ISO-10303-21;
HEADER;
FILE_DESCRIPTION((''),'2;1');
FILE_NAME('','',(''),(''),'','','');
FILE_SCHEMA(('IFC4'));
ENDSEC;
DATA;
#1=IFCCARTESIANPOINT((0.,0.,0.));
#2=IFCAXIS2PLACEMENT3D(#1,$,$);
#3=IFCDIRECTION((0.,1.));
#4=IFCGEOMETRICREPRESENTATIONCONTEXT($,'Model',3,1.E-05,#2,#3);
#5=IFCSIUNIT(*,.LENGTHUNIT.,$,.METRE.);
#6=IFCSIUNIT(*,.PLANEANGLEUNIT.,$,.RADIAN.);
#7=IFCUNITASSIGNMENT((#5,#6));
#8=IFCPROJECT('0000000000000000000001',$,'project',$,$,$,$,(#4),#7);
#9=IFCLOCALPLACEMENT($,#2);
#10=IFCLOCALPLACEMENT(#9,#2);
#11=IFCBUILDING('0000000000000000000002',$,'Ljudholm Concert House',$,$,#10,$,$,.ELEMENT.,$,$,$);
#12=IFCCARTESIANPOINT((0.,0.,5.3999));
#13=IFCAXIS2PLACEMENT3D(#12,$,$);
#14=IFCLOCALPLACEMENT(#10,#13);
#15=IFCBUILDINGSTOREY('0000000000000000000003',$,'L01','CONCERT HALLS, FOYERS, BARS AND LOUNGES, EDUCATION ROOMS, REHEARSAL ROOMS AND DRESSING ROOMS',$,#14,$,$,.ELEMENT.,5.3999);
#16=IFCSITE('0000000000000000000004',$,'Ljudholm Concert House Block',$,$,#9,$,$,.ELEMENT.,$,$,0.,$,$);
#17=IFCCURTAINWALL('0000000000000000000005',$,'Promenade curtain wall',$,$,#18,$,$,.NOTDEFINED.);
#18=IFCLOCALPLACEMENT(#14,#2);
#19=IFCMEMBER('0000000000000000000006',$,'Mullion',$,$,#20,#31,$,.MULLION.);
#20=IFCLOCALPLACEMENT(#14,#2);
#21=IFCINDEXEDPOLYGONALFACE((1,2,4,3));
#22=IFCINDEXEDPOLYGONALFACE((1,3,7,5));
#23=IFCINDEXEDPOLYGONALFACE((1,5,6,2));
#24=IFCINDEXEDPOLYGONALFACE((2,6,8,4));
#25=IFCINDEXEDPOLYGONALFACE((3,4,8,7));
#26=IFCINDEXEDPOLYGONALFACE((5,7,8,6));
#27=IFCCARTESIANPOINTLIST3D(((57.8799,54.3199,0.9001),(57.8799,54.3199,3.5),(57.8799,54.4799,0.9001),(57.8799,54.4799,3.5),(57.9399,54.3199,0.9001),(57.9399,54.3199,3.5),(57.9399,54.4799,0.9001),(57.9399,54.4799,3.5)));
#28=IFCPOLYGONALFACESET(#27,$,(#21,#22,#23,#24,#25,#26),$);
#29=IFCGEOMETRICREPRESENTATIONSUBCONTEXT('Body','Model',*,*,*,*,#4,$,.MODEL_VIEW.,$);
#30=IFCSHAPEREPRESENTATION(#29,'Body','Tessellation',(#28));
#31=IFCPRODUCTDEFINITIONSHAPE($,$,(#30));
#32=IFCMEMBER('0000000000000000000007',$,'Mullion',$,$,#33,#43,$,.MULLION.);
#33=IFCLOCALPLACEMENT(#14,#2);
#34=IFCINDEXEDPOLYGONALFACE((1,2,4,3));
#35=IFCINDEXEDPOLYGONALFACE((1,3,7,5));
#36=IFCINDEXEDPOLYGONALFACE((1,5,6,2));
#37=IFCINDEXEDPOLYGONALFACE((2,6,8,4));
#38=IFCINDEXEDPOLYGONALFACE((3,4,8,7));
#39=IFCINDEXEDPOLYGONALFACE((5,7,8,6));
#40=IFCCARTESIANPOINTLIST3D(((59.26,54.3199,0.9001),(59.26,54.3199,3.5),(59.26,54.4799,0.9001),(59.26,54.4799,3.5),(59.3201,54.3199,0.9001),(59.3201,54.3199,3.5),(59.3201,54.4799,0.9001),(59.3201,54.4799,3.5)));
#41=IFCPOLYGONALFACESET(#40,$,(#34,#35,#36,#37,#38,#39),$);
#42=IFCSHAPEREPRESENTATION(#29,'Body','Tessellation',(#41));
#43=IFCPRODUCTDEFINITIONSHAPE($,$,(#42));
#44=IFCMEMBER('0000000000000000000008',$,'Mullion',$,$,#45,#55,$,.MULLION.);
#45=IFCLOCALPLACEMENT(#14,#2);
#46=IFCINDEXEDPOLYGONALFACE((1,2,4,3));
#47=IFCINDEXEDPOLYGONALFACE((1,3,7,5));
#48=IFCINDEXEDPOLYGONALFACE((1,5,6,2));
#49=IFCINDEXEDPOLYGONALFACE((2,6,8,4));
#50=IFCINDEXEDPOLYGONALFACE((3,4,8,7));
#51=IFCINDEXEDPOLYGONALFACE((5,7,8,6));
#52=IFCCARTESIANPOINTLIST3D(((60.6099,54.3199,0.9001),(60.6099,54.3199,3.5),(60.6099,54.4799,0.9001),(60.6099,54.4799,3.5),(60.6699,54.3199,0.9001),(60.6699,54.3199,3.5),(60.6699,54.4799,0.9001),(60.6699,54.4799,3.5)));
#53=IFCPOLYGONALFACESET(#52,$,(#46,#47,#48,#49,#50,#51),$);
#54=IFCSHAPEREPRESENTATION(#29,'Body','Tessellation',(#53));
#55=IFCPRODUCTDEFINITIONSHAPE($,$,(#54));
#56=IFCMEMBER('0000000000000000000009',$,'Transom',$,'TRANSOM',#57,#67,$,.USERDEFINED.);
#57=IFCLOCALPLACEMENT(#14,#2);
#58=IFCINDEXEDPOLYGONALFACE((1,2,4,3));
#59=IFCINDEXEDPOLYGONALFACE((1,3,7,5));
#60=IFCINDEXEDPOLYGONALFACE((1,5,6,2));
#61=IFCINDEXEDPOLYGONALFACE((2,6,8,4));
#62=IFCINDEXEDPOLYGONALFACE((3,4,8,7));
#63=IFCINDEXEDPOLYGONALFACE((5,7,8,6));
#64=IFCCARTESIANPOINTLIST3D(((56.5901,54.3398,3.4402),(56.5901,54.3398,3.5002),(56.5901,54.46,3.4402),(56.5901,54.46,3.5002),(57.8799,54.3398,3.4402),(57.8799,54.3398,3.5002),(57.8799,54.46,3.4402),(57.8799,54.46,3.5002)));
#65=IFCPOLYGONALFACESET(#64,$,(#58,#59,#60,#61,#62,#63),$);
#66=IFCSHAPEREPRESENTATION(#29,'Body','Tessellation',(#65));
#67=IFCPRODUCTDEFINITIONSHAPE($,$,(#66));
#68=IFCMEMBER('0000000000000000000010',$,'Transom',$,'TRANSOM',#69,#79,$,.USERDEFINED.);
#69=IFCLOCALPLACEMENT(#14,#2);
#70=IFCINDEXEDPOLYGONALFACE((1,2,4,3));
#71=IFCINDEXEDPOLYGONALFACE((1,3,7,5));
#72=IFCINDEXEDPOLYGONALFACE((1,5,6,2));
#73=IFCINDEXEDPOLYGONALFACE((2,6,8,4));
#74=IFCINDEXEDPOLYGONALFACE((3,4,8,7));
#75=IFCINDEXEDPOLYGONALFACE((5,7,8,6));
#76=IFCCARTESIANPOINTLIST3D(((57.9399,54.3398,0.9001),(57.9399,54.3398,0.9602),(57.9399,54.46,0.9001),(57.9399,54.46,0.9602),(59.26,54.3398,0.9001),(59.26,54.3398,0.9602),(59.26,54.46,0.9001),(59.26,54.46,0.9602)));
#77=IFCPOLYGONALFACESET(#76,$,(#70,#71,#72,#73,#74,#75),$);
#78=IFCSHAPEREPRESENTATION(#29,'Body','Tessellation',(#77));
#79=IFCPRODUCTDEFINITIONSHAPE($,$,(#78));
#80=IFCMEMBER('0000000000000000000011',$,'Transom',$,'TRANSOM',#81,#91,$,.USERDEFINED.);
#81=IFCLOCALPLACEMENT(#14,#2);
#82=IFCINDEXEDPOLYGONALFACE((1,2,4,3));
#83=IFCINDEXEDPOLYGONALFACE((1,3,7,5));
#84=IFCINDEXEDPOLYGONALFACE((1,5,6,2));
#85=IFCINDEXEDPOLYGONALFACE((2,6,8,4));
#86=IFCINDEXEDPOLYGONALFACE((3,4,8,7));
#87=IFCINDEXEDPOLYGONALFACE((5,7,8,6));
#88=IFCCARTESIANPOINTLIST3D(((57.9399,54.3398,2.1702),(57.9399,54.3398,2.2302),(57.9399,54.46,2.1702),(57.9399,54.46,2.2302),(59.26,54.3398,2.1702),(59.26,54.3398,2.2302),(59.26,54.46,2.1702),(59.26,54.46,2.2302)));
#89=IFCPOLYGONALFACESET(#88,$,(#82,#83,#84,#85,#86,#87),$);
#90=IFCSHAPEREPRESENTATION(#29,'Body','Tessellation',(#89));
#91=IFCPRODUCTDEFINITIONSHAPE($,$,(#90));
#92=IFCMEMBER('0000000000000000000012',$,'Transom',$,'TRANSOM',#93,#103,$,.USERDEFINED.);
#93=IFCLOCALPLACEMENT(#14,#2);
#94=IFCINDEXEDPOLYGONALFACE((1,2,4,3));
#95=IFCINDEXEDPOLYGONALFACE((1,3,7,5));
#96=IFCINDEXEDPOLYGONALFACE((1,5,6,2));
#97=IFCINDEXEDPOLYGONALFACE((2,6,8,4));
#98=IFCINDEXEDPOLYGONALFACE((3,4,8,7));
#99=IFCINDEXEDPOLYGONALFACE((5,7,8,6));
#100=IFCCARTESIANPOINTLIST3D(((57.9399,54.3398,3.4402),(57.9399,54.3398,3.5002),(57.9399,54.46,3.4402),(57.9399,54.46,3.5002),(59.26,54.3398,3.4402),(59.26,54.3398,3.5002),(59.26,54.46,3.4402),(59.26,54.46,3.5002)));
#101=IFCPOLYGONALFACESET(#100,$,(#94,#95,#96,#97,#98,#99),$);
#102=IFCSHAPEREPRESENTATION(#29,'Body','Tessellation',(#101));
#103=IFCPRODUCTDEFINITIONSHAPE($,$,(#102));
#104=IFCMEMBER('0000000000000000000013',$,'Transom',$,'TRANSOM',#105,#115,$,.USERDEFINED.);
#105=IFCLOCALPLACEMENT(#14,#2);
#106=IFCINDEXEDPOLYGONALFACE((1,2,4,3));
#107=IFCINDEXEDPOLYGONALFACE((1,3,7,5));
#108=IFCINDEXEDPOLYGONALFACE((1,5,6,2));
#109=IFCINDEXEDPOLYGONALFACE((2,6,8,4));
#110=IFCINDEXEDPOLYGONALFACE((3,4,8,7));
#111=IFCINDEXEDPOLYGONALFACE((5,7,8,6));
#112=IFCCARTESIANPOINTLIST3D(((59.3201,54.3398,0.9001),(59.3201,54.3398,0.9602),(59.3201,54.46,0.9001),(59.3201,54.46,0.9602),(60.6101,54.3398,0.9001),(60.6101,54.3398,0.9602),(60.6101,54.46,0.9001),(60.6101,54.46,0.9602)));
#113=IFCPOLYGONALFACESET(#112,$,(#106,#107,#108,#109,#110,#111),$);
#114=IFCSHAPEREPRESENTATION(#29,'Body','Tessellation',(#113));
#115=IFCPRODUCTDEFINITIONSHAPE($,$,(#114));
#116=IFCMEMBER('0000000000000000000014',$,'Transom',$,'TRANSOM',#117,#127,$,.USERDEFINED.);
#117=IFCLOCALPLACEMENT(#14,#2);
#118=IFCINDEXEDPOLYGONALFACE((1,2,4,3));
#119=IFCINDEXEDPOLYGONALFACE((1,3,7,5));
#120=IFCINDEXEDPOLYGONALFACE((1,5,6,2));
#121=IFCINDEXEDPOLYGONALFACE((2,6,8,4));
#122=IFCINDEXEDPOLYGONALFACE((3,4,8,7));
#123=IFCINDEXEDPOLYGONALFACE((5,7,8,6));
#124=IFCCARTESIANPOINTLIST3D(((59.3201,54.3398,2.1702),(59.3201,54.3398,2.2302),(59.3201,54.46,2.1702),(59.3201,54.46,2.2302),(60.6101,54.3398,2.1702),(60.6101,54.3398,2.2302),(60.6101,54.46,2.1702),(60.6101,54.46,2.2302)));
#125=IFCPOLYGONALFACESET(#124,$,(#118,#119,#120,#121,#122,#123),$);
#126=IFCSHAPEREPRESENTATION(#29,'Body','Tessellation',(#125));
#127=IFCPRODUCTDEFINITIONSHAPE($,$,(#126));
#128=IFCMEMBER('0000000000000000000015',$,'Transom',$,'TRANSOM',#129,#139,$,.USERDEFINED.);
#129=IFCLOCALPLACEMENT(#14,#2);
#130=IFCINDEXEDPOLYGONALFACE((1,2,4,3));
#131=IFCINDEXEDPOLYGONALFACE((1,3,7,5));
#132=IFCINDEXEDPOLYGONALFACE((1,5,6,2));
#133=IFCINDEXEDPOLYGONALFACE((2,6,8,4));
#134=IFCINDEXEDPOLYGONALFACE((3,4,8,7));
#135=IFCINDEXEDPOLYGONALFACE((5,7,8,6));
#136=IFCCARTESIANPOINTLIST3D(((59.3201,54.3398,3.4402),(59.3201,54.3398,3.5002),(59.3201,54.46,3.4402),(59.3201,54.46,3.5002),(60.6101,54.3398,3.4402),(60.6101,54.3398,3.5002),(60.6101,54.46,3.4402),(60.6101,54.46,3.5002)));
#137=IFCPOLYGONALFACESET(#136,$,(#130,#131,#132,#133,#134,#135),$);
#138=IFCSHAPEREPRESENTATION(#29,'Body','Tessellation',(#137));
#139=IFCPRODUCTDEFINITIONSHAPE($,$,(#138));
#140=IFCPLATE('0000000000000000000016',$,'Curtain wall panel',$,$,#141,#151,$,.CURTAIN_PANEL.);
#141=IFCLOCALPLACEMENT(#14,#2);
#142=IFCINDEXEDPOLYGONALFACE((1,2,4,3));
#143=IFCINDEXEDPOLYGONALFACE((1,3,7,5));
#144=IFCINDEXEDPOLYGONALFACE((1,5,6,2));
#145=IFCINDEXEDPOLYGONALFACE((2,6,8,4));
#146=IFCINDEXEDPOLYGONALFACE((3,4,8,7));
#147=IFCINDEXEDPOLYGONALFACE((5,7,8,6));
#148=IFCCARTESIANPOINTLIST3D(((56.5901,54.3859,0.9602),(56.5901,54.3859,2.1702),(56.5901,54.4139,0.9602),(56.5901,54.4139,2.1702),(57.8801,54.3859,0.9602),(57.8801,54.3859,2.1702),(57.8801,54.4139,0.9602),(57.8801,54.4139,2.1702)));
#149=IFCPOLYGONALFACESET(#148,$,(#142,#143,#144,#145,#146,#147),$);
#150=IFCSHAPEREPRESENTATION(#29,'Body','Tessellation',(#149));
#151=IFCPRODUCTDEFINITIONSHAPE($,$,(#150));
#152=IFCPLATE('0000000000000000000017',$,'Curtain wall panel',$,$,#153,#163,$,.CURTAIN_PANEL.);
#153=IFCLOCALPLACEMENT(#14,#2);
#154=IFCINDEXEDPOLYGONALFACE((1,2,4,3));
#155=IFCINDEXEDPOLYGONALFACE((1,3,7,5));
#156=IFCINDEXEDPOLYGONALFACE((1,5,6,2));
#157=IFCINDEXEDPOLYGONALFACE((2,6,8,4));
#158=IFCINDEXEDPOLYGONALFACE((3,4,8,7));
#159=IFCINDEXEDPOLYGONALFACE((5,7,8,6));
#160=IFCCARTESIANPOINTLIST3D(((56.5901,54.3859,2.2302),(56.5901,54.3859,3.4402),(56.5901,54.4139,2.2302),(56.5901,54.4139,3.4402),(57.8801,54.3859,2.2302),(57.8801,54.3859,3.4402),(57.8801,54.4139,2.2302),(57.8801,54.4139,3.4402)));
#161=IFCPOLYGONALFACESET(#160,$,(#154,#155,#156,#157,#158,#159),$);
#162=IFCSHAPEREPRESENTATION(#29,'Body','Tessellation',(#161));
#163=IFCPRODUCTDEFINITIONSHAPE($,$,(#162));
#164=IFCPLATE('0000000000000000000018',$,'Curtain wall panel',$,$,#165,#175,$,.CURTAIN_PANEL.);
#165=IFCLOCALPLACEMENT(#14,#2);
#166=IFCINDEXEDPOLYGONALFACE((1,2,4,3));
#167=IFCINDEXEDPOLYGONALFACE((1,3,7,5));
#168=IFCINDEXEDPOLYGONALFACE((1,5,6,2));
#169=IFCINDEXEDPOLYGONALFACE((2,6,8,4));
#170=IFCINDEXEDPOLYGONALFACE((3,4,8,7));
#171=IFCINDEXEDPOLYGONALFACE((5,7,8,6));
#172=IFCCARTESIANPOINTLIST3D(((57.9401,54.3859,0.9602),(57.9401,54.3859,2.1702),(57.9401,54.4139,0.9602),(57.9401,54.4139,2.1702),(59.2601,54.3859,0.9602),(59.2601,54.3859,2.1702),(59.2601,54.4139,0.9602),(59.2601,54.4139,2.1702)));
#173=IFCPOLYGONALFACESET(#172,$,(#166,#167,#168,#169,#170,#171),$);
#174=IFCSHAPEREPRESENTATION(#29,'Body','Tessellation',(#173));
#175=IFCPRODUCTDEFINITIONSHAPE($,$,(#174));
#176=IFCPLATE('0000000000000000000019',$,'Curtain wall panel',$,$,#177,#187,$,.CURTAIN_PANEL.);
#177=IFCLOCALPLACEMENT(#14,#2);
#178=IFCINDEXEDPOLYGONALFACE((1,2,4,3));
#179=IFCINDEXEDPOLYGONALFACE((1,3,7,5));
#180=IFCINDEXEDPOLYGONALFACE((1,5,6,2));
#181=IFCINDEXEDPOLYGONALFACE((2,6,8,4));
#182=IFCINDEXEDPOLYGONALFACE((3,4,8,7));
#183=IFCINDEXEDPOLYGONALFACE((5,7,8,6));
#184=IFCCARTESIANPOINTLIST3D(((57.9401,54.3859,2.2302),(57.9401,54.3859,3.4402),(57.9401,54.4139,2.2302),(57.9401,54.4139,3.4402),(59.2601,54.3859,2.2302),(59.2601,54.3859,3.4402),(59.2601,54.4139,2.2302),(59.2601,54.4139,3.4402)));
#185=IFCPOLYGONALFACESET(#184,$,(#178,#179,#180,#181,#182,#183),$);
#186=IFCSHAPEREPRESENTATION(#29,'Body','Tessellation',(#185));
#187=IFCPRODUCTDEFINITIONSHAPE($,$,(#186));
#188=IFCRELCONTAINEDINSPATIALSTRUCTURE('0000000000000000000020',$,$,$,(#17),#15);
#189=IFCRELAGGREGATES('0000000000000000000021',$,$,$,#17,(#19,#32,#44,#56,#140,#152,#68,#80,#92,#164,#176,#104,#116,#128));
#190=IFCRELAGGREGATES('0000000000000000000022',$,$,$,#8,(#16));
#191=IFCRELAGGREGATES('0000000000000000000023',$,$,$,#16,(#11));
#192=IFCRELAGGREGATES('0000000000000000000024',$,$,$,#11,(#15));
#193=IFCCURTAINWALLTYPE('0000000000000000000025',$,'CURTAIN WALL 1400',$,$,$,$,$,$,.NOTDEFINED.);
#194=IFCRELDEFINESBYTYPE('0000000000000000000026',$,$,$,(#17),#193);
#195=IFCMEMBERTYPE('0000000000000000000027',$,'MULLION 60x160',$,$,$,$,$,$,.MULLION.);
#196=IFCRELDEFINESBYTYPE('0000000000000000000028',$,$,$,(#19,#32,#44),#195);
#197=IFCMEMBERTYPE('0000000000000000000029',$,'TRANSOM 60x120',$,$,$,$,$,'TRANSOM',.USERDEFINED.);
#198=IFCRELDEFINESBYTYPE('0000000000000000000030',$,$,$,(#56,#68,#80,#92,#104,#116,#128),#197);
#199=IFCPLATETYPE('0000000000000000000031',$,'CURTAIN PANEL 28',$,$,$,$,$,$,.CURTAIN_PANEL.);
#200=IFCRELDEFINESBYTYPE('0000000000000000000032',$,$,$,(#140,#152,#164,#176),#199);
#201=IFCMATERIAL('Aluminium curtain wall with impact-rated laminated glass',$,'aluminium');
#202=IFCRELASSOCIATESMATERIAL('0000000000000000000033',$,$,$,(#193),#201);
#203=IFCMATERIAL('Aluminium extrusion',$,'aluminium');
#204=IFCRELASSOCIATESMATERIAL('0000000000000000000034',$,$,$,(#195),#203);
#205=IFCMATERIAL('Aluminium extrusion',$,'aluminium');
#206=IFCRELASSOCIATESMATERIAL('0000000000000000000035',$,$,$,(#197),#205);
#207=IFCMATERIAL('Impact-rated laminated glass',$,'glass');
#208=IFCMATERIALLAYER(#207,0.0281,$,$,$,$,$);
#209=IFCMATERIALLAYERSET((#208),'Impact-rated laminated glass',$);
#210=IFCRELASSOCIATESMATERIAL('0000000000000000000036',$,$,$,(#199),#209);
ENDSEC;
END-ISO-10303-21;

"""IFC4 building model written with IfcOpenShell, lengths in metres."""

from ifc_helpers import new_model, si_unit, direction, frame, origin, origin_2d, place, context, subcontext, project, spatial, rectangle, extrude, material, layer, layer_set, material_profile, profile_set, type_object, element, aggregate, save


model = new_model("IFC4")

# Units and contexts
model_context = context("Model", 3, precision=1e-05, world=origin(), true_north=direction((0.0, 1.0)))
body_context = subcontext(model_context, "Body", "Model", "MODEL_VIEW")
ifc_project = project(units=[si_unit("LENGTHUNIT", "METRE"), si_unit("PLANEANGLEUNIT", "RADIAN")], contexts=[model_context])

# Site, building, storey
site_placement = place(None, origin())
site = spatial("IfcSite", under=ifc_project, at=site_placement, Name="Ljudholm Concert House Block", CompositionType="ELEMENT", RefElevation=0.0)
building_placement = place(site_placement, origin())
building = spatial("IfcBuilding", under=site, at=building_placement, Name="Ljudholm Concert House", CompositionType="ELEMENT")
storey_placement = place(building_placement, frame((0.0, 0.0, 5.3999)))
storey = spatial("IfcBuildingStorey", under=building, at=storey_placement, Name="L01", Description="CONCERT HALLS, FOYERS, BARS AND LOUNGES, EDUCATION ROOMS, REHEARSAL ROOMS AND DRESSING ROOMS", CompositionType="ELEMENT", Elevation=5.3999)

# Curtain wall, members, plates
ifc_material_1 = material(Name="Aluminium curtain wall with impact-rated laminated glass", Category="aluminium")
curtain_wall_type = type_object("IfcCurtainWallType", Name="CURTAIN WALL 1400", PredefinedType="NOTDEFINED", material=ifc_material_1)
curtain_wall_placement = place(storey_placement, origin())
curtain_wall = element("IfcCurtainWall", 1, at=curtain_wall_placement, inside=storey, type_object=curtain_wall_type, Name="Promenade curtain wall", PredefinedType="NOTDEFINED")
ifc_material_2 = material(Name="Aluminium extrusion", Category="aluminium")
ifc_material_profile_1 = material_profile(ifc_material_2, rectangle(XDim=0.1599, YDim=0.0601, at=origin_2d()), Name="MULLION 60x160")
ifc_profile_set_1 = profile_set([ifc_material_profile_1], Name="Aluminium extrusion")
member_type_1 = type_object("IfcMemberType", Name="MULLION 60x160", PredefinedType="MULLION", material=ifc_profile_set_1)
member_1_placement = place(storey_placement, frame((57.9099, 54.3999, 0.9001), z_axis=(0.0, 0.0, 1.0), x_axis=(0.0, 1.0, 0.0)))
member_1 = element("IfcMember", 2, at=member_1_placement, type_object=member_type_1, Name="Mullion", PredefinedType="MULLION", context=body_context, shape_type="SweptSolid", body=[
    extrude(rectangle(XDim=0.1599, YDim=0.0601, at=origin_2d()), origin(), (0.0, 0.0, 1.0), 2.5999),
])
member_2_placement = place(storey_placement, frame((59.29, 54.3999, 0.9001), z_axis=(0.0, 0.0, 1.0), x_axis=(0.0, 1.0, 0.0)))
member_2 = element("IfcMember", 3, at=member_2_placement, type_object=member_type_1, Name="Mullion", PredefinedType="MULLION", context=body_context, shape_type="SweptSolid", body=[
    extrude(rectangle(XDim=0.1599, YDim=0.0601, at=origin_2d()), origin(), (0.0, 0.0, 1.0), 2.5999),
])
member_3_placement = place(storey_placement, frame((60.6399, 54.3999, 0.9001), z_axis=(0.0, 0.0, 1.0), x_axis=(0.0, 1.0, 0.0)))
member_3 = element("IfcMember", 4, at=member_3_placement, type_object=member_type_1, Name="Mullion", PredefinedType="MULLION", context=body_context, shape_type="SweptSolid", body=[
    extrude(rectangle(XDim=0.1599, YDim=0.0601, at=origin_2d()), origin(), (0.0, 0.0, 1.0), 2.5999),
])
ifc_material_3 = material(Name="Aluminium extrusion", Category="aluminium")
ifc_material_profile_2 = material_profile(ifc_material_3, rectangle(XDim=0.1201, YDim=0.0601, at=origin_2d()), Name="TRANSOM 60x120")
ifc_profile_set_2 = profile_set([ifc_material_profile_2], Name="Aluminium extrusion")
member_type_2 = type_object("IfcMemberType", Name="TRANSOM 60x120", ElementType="TRANSOM", PredefinedType="USERDEFINED", material=ifc_profile_set_2)
member_4_placement = place(storey_placement, frame((56.5901, 54.3999, 3.4702), z_axis=(1.0, 0.0, 0.0), x_axis=(0.0, 1.0, 0.0)))
member_4 = element("IfcMember", 5, at=member_4_placement, type_object=member_type_2, Name="Transom", ObjectType="TRANSOM", PredefinedType="USERDEFINED", context=body_context, shape_type="SweptSolid", body=[
    extrude(rectangle(XDim=0.1201, YDim=0.0601, at=origin_2d()), origin(), (0.0, 0.0, 1.0), 1.2898),
])
member_5_placement = place(storey_placement, frame((57.9399, 54.3999, 0.9302), z_axis=(1.0, 0.0, 0.0), x_axis=(0.0, 1.0, 0.0)))
member_5 = element("IfcMember", 6, at=member_5_placement, type_object=member_type_2, Name="Transom", ObjectType="TRANSOM", PredefinedType="USERDEFINED", context=body_context, shape_type="SweptSolid", body=[
    extrude(rectangle(XDim=0.1201, YDim=0.0601, at=origin_2d()), origin(), (0.0, 0.0, 1.0), 1.3201),
])
member_6_placement = place(storey_placement, frame((57.9399, 54.3999, 2.2002), z_axis=(1.0, 0.0, 0.0), x_axis=(0.0, 1.0, 0.0)))
member_6 = element("IfcMember", 7, at=member_6_placement, type_object=member_type_2, Name="Transom", ObjectType="TRANSOM", PredefinedType="USERDEFINED", context=body_context, shape_type="SweptSolid", body=[
    extrude(rectangle(XDim=0.1201, YDim=0.0601, at=origin_2d()), origin(), (0.0, 0.0, 1.0), 1.3201),
])
member_7_placement = place(storey_placement, frame((57.9399, 54.3999, 3.4702), z_axis=(1.0, 0.0, 0.0), x_axis=(0.0, 1.0, 0.0)))
member_7 = element("IfcMember", 8, at=member_7_placement, type_object=member_type_2, Name="Transom", ObjectType="TRANSOM", PredefinedType="USERDEFINED", context=body_context, shape_type="SweptSolid", body=[
    extrude(rectangle(XDim=0.1201, YDim=0.0601, at=origin_2d()), origin(), (0.0, 0.0, 1.0), 1.3201),
])
member_8_placement = place(storey_placement, frame((59.3201, 54.3999, 0.9302), z_axis=(1.0, 0.0, 0.0), x_axis=(0.0, 1.0, 0.0)))
member_8 = element("IfcMember", 9, at=member_8_placement, type_object=member_type_2, Name="Transom", ObjectType="TRANSOM", PredefinedType="USERDEFINED", context=body_context, shape_type="SweptSolid", body=[
    extrude(rectangle(XDim=0.1201, YDim=0.0601, at=origin_2d()), origin(), (0.0, 0.0, 1.0), 1.29),
])
member_9_placement = place(storey_placement, frame((59.3201, 54.3999, 2.2002), z_axis=(1.0, 0.0, 0.0), x_axis=(0.0, 1.0, 0.0)))
member_9 = element("IfcMember", 10, at=member_9_placement, type_object=member_type_2, Name="Transom", ObjectType="TRANSOM", PredefinedType="USERDEFINED", context=body_context, shape_type="SweptSolid", body=[
    extrude(rectangle(XDim=0.1201, YDim=0.0601, at=origin_2d()), origin(), (0.0, 0.0, 1.0), 1.29),
])
member_10_placement = place(storey_placement, frame((59.3201, 54.3999, 3.4702), z_axis=(1.0, 0.0, 0.0), x_axis=(0.0, 1.0, 0.0)))
member_10 = element("IfcMember", 11, at=member_10_placement, type_object=member_type_2, Name="Transom", ObjectType="TRANSOM", PredefinedType="USERDEFINED", context=body_context, shape_type="SweptSolid", body=[
    extrude(rectangle(XDim=0.1201, YDim=0.0601, at=origin_2d()), origin(), (0.0, 0.0, 1.0), 1.29),
])
ifc_material_4 = material(Name="Impact-rated laminated glass", Category="glass")
ifc_layer_1 = layer(ifc_material_4, 0.0281)
ifc_layer_set_1 = layer_set([ifc_layer_1], Name="Impact-rated laminated glass")
plate_type = type_object("IfcPlateType", Name="CURTAIN PANEL 28", PredefinedType="CURTAIN_PANEL", material=ifc_layer_set_1)
plate_1_placement = place(storey_placement, frame((57.2351, 54.3999, 0.9602), z_axis=(0.0, 0.0, 1.0), x_axis=(1.0, 0.0, 0.0)))
plate_1 = element("IfcPlate", 12, at=plate_1_placement, type_object=plate_type, Name="Curtain wall panel", PredefinedType="CURTAIN_PANEL", context=body_context, shape_type="SweptSolid", body=[
    extrude(rectangle(XDim=1.29, YDim=0.0281, at=origin_2d()), origin(), (0.0, 0.0, 1.0), 1.21),
])
plate_2_placement = place(storey_placement, frame((57.2351, 54.3999, 2.2302), z_axis=(0.0, 0.0, 1.0), x_axis=(1.0, 0.0, 0.0)))
plate_2 = element("IfcPlate", 13, at=plate_2_placement, type_object=plate_type, Name="Curtain wall panel", PredefinedType="CURTAIN_PANEL", context=body_context, shape_type="SweptSolid", body=[
    extrude(rectangle(XDim=1.29, YDim=0.0281, at=origin_2d()), origin(), (0.0, 0.0, 1.0), 1.21),
])
plate_3_placement = place(storey_placement, frame((58.6001, 54.3999, 0.9602), z_axis=(0.0, 0.0, 1.0), x_axis=(1.0, 0.0, 0.0)))
plate_3 = element("IfcPlate", 14, at=plate_3_placement, type_object=plate_type, Name="Curtain wall panel", PredefinedType="CURTAIN_PANEL", context=body_context, shape_type="SweptSolid", body=[
    extrude(rectangle(XDim=1.3201, YDim=0.0281, at=origin_2d()), origin(), (0.0, 0.0, 1.0), 1.21),
])
plate_4_placement = place(storey_placement, frame((58.6001, 54.3999, 2.2302), z_axis=(0.0, 0.0, 1.0), x_axis=(1.0, 0.0, 0.0)))
plate_4 = element("IfcPlate", 15, at=plate_4_placement, type_object=plate_type, Name="Curtain wall panel", PredefinedType="CURTAIN_PANEL", context=body_context, shape_type="SweptSolid", body=[
    extrude(rectangle(XDim=1.3201, YDim=0.0281, at=origin_2d()), origin(), (0.0, 0.0, 1.0), 1.21),
])
aggregate(curtain_wall, [member_1, member_2, member_3, member_4, plate_1, plate_2, member_5, member_6, member_7, plate_3, plate_4, member_8, member_9, member_10])

save(model, "model.ifc")
